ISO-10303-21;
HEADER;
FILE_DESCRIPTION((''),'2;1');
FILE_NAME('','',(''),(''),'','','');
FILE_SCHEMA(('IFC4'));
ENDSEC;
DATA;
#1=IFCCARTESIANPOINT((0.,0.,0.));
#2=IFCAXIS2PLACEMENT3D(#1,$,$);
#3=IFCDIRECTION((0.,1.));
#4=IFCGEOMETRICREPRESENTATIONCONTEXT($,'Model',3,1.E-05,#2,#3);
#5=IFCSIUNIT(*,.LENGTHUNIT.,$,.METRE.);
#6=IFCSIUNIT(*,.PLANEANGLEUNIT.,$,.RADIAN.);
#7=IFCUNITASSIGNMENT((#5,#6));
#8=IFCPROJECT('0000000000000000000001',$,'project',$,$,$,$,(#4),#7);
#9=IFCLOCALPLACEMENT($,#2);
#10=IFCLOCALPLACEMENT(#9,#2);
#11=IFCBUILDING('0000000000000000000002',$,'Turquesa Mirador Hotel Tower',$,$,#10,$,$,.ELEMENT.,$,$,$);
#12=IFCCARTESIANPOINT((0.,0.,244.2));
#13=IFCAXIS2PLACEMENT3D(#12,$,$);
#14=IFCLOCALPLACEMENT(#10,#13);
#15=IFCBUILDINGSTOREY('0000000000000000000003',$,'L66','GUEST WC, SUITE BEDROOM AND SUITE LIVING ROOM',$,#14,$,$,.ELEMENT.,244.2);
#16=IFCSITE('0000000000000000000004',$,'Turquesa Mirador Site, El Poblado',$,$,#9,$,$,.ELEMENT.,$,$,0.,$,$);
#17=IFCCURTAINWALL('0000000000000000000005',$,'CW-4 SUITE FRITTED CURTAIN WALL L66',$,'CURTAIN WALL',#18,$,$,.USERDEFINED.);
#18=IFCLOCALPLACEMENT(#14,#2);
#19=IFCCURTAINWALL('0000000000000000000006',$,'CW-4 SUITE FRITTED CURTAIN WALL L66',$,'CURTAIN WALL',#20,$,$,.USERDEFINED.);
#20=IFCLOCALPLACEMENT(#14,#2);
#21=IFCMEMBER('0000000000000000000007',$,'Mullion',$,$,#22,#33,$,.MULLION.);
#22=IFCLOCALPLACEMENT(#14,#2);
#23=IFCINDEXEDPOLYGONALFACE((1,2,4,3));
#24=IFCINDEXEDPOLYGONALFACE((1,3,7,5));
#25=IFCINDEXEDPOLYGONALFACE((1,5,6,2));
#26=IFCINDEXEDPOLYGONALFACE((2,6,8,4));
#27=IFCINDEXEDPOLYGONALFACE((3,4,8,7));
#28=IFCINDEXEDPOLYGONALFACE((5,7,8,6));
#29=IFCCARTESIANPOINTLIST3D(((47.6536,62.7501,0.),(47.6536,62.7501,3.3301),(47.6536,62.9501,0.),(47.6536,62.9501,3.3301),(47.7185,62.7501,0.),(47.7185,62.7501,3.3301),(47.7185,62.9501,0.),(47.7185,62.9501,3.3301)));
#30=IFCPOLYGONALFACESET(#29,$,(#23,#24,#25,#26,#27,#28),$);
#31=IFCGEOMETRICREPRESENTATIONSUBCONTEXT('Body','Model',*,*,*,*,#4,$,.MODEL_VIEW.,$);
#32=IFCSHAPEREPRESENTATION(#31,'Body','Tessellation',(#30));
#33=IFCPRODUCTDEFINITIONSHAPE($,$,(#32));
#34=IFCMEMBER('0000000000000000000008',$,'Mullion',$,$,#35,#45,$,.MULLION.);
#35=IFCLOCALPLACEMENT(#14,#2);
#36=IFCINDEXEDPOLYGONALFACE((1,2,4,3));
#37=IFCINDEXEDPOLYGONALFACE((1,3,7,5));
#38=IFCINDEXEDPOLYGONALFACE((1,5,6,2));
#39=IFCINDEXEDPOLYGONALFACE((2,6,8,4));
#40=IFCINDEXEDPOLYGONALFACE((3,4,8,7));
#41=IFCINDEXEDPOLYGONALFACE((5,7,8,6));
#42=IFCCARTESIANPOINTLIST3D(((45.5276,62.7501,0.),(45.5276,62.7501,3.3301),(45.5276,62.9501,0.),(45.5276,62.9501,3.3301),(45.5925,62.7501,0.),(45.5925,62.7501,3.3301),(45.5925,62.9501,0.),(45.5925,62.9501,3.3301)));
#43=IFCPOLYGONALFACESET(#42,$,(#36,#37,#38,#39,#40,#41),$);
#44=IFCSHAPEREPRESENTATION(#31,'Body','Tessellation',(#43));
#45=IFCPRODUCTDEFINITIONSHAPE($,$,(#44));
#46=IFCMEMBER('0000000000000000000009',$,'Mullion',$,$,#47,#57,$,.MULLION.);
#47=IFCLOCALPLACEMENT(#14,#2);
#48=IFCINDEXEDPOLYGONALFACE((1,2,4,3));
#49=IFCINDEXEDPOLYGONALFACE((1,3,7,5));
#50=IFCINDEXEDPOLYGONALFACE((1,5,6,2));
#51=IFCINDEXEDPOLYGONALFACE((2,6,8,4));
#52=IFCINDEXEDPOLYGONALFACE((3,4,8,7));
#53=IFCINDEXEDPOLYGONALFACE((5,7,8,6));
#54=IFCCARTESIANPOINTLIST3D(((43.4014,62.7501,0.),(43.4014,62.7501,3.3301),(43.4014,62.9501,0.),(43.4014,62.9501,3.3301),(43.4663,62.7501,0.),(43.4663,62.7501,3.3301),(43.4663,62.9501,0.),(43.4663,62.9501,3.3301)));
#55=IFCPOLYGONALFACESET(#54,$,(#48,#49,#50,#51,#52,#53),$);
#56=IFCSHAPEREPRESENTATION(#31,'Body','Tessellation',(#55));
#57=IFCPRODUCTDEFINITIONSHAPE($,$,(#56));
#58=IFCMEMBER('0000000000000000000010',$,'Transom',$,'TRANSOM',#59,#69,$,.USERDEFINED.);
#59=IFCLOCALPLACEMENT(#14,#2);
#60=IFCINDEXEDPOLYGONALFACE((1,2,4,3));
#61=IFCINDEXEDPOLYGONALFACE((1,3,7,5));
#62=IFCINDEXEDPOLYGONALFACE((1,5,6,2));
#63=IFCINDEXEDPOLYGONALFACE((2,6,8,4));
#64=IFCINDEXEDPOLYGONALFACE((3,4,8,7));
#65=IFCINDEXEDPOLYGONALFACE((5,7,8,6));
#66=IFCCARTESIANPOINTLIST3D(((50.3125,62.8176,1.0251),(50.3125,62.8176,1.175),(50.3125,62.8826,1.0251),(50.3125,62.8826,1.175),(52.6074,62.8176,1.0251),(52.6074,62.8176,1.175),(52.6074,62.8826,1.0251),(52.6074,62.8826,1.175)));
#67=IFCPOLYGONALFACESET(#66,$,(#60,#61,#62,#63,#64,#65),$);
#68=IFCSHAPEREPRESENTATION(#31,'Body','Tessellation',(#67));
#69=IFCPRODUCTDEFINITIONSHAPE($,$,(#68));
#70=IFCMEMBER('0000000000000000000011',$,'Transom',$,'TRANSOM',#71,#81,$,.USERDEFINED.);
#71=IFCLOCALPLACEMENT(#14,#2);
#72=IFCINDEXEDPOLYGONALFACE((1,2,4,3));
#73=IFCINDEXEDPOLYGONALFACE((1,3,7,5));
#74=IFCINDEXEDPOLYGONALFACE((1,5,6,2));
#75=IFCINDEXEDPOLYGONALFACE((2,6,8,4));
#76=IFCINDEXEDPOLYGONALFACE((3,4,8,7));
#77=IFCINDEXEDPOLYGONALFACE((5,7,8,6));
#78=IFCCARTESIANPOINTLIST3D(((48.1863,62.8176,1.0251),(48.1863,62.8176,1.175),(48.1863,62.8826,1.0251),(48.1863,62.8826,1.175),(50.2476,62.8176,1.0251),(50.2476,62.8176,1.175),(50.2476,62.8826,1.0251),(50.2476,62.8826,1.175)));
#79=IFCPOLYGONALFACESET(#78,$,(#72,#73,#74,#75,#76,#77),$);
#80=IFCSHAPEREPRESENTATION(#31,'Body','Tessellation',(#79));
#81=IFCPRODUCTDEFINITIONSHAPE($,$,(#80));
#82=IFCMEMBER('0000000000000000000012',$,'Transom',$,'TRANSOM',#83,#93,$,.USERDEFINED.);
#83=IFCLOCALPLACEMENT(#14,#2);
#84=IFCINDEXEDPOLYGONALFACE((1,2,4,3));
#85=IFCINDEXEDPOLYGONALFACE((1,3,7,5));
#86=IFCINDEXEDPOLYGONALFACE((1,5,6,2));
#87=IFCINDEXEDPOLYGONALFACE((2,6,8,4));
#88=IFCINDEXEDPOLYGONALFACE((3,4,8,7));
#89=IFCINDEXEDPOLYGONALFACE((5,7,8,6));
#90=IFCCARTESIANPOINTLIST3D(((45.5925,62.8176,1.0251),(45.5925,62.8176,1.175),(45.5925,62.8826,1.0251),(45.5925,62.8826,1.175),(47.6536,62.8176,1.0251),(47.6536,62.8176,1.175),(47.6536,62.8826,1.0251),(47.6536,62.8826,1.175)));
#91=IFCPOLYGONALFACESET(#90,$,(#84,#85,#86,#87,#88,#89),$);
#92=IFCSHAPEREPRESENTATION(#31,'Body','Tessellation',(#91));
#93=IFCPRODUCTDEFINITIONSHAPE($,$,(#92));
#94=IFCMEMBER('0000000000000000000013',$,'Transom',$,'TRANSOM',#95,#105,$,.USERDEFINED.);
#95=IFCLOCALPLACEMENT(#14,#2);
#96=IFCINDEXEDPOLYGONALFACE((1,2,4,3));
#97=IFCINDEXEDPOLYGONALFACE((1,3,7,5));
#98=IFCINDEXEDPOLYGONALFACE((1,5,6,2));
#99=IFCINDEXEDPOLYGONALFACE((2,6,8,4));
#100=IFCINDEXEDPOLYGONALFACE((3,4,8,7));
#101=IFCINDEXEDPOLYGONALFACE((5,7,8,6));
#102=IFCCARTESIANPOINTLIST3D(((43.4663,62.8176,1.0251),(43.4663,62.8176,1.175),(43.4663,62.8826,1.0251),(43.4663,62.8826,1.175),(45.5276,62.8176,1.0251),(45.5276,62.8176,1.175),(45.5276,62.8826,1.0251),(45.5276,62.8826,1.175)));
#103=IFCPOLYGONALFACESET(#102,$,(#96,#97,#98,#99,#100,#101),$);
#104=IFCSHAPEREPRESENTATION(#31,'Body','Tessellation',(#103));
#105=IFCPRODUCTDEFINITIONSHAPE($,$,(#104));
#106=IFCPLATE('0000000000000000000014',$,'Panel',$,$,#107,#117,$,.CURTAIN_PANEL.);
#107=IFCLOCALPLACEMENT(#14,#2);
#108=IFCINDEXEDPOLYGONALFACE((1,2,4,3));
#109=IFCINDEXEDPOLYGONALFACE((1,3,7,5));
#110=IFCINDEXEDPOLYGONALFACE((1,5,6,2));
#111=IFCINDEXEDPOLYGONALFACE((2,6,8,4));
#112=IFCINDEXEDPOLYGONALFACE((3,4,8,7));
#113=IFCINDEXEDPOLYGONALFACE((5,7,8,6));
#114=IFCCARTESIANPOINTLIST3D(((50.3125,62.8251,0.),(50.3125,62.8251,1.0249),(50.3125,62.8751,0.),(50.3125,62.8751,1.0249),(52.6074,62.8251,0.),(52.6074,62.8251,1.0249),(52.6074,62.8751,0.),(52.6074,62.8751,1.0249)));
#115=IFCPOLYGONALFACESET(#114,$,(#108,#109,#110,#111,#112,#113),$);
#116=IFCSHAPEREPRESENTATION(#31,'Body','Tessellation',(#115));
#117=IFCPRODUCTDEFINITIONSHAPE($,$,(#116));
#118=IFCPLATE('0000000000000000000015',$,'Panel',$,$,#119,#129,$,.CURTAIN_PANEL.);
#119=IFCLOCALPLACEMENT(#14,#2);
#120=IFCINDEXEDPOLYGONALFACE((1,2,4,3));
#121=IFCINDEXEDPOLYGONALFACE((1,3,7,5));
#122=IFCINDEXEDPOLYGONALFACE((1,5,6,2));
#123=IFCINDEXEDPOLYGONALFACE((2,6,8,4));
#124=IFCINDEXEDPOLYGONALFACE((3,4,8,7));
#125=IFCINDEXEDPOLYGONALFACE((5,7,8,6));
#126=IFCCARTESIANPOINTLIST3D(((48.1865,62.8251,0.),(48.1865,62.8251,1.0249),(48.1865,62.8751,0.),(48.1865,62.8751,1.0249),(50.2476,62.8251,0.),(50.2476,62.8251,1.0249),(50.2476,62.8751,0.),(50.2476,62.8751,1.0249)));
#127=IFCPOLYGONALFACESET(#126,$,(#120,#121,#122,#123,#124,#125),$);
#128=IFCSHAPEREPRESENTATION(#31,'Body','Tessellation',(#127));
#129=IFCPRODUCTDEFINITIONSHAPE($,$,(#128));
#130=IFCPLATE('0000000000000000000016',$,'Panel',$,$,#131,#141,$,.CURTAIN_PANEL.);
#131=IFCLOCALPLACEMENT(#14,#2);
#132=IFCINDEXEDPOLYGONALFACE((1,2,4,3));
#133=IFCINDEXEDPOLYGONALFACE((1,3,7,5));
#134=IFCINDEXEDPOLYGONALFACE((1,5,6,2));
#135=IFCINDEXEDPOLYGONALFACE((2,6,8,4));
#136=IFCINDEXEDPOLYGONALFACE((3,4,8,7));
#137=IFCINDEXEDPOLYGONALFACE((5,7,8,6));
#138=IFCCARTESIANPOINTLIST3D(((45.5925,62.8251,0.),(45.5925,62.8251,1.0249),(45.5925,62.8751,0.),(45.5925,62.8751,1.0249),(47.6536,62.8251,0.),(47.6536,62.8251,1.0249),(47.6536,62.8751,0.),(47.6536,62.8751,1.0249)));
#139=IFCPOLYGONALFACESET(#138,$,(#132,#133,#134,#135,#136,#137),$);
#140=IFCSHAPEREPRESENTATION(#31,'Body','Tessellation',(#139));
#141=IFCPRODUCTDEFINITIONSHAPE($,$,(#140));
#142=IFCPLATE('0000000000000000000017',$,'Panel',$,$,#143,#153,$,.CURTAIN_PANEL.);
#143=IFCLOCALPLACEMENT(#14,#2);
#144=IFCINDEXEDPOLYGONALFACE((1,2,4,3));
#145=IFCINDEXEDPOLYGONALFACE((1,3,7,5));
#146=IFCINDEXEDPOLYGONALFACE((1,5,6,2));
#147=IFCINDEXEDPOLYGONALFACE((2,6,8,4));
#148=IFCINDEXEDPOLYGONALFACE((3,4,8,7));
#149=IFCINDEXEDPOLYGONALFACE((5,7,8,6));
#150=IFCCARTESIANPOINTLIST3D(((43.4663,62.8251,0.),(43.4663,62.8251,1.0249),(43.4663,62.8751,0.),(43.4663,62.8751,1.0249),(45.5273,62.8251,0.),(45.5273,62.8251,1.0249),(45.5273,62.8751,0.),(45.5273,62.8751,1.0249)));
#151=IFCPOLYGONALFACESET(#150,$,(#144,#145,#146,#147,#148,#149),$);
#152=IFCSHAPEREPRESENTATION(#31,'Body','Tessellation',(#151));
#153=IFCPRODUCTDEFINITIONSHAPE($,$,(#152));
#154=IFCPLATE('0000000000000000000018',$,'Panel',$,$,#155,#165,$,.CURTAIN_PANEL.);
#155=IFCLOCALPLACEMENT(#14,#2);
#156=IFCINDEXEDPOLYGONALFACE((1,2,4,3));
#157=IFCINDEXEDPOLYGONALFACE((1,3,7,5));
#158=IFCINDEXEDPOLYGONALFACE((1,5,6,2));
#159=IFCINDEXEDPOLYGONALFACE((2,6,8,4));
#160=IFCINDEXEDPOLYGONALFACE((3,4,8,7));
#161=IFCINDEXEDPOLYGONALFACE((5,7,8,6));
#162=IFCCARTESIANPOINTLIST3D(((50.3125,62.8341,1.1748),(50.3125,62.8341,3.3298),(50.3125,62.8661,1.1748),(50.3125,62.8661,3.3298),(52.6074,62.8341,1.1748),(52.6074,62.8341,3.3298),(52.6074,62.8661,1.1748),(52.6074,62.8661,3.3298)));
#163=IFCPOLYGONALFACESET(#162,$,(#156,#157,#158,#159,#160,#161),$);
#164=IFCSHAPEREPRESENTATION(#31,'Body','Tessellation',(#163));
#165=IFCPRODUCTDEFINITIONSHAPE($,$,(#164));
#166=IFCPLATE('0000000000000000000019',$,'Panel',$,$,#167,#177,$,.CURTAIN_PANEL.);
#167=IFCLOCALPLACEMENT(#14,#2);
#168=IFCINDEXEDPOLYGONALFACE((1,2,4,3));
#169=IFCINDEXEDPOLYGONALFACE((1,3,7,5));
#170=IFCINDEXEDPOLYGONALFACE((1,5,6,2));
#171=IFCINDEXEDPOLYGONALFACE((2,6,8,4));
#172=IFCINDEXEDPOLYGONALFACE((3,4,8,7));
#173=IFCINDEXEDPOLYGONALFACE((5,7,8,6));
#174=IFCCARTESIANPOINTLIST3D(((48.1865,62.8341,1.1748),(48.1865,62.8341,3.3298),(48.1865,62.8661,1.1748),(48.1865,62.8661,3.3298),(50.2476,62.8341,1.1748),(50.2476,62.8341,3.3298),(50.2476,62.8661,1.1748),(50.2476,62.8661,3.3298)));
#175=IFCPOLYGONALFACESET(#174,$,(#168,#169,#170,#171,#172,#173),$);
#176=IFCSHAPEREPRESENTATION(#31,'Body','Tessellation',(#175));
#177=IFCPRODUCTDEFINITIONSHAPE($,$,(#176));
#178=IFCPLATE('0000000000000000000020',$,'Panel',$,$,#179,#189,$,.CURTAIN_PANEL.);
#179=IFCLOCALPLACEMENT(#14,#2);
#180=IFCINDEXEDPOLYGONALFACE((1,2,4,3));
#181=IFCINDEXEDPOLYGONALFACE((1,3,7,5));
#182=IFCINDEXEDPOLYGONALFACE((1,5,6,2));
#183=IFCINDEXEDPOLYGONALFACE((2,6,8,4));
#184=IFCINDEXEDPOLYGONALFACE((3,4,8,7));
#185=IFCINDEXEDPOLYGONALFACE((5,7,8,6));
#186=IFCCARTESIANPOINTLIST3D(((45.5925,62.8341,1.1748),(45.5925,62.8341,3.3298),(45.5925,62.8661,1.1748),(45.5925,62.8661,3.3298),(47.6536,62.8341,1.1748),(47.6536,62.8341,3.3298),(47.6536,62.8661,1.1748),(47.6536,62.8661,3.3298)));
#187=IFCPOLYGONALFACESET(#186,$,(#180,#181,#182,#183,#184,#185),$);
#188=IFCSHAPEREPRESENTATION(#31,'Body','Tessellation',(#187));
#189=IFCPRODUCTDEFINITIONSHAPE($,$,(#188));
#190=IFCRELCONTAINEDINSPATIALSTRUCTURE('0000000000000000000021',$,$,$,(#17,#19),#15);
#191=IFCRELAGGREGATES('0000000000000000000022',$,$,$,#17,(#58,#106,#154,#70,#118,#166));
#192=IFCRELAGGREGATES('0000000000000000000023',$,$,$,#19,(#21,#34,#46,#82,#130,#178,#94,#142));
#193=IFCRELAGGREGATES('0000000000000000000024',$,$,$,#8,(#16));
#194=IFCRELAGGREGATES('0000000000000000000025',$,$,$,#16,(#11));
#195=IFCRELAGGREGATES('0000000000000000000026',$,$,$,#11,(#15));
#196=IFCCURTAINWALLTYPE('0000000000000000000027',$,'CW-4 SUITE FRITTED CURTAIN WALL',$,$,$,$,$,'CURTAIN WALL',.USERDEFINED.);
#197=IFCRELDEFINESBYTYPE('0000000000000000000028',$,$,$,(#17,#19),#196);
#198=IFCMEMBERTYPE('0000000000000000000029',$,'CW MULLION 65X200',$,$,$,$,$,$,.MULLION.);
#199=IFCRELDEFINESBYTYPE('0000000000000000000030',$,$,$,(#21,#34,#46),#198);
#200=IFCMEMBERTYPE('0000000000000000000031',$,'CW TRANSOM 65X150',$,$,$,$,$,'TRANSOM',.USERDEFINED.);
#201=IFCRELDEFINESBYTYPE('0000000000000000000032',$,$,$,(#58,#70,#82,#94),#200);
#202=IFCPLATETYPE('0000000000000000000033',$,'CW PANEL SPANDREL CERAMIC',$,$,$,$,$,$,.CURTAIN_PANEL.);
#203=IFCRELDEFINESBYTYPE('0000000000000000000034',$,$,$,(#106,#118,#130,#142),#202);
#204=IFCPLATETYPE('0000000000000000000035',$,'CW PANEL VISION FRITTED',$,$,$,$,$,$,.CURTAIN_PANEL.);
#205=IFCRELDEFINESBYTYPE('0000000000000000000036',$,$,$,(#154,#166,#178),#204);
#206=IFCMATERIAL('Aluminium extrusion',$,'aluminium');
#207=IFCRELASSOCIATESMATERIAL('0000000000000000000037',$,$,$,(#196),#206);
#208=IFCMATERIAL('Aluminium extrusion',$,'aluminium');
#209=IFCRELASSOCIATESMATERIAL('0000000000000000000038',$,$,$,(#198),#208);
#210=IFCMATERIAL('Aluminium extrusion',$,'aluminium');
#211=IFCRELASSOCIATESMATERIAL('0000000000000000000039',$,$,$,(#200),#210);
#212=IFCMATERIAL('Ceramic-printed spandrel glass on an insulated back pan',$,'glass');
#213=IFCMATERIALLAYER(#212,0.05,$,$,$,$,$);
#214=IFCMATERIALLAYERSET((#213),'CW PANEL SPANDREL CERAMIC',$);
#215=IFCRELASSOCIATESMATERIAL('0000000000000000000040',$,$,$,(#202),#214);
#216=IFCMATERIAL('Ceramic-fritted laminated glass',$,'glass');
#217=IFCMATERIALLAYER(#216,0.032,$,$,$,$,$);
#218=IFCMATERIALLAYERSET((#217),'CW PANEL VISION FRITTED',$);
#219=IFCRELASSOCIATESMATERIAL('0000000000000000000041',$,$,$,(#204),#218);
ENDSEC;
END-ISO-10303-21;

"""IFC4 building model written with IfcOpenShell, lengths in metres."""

from ifc_helpers import new_model, si_unit, direction, frame, origin, origin_2d, place, context, subcontext, project, spatial, rectangle, extrude, material, layer, layer_set, material_profile, profile_set, type_object, element, aggregate, save


model = new_model("IFC4")

# Units and contexts
model_context = context("Model", 3, precision=1e-05, world=origin(), true_north=direction((0.0, 1.0)))
body_context = subcontext(model_context, "Body", "Model", "MODEL_VIEW")
ifc_project = project(units=[si_unit("LENGTHUNIT", "METRE"), si_unit("PLANEANGLEUNIT", "RADIAN")], contexts=[model_context])

# Site, building, storey
site_placement = place(None, origin())
site = spatial("IfcSite", under=ifc_project, at=site_placement, Name="Turquesa Mirador Site, El Poblado", CompositionType="ELEMENT", RefElevation=0.0)
building_placement = place(site_placement, origin())
building = spatial("IfcBuilding", under=site, at=building_placement, Name="Turquesa Mirador Hotel Tower", CompositionType="ELEMENT")
storey_placement = place(building_placement, frame((0.0, 0.0, 244.2)))
storey = spatial("IfcBuildingStorey", under=building, at=storey_placement, Name="L66", Description="GUEST WC, SUITE BEDROOM AND SUITE LIVING ROOM", CompositionType="ELEMENT", Elevation=244.2)

# Curtain walls, members
ifc_material_1 = material(Name="Aluminium extrusion", Category="aluminium")
curtain_wall_type = type_object("IfcCurtainWallType", Name="CW-4 SUITE FRITTED CURTAIN WALL", ElementType="CURTAIN WALL", PredefinedType="USERDEFINED", material=ifc_material_1)
curtain_wall_1_placement = place(storey_placement, origin())
curtain_wall_1 = element("IfcCurtainWall", 1, at=curtain_wall_1_placement, inside=storey, type_object=curtain_wall_type, Name="CW-4 SUITE FRITTED CURTAIN WALL L66", ObjectType="CURTAIN WALL", PredefinedType="USERDEFINED")
ifc_material_2 = material(Name="Aluminium extrusion", Category="aluminium")
ifc_material_profile_1 = material_profile(ifc_material_2, rectangle(XDim=0.0649, YDim=0.2, at=origin_2d()), Name="MULLION 65X200")
ifc_profile_set_1 = profile_set([ifc_material_profile_1], Name="Aluminium extrusion")
member_type_1 = type_object("IfcMemberType", Name="CW MULLION 65X200", PredefinedType="MULLION", material=ifc_profile_set_1)
curtain_wall_2_placement = place(storey_placement, origin())
curtain_wall_2 = element("IfcCurtainWall", 2, at=curtain_wall_2_placement, inside=storey, type_object=curtain_wall_type, Name="CW-4 SUITE FRITTED CURTAIN WALL L66", ObjectType="CURTAIN WALL", PredefinedType="USERDEFINED")
member_1_placement = place(storey_placement, frame((47.686, 62.8501, 0.0), z_axis=(0.0, 0.0, 1.0), x_axis=(-1.0, 0.0, 0.0)))
member_1 = element("IfcMember", 3, at=member_1_placement, type_object=member_type_1, Name="Mullion", PredefinedType="MULLION", context=body_context, shape_type="SweptSolid", body=[
    extrude(rectangle(XDim=0.0649, YDim=0.2, at=origin_2d()), origin(), (0.0, 0.0, 1.0), 3.3301),
])
member_2_placement = place(storey_placement, frame((45.5601, 62.8501, 0.0), z_axis=(0.0, 0.0, 1.0), x_axis=(-1.0, 0.0, 0.0)))
member_2 = element("IfcMember", 4, at=member_2_placement, type_object=member_type_1, Name="Mullion", PredefinedType="MULLION", context=body_context, shape_type="SweptSolid", body=[
    extrude(rectangle(XDim=0.0649, YDim=0.2, at=origin_2d()), origin(), (0.0, 0.0, 1.0), 3.3301),
])
member_3_placement = place(storey_placement, frame((43.4338, 62.8501, 0.0), z_axis=(0.0, 0.0, 1.0), x_axis=(-1.0, 0.0, 0.0)))
member_3 = element("IfcMember", 5, at=member_3_placement, type_object=member_type_1, Name="Mullion", PredefinedType="MULLION", context=body_context, shape_type="SweptSolid", body=[
    extrude(rectangle(XDim=0.0649, YDim=0.2, at=origin_2d()), origin(), (0.0, 0.0, 1.0), 3.3301),
])

# Members
ifc_material_3 = material(Name="Aluminium extrusion", Category="aluminium")
ifc_material_profile_2 = material_profile(ifc_material_3, rectangle(XDim=0.0649, YDim=0.1499, at=origin_2d()), Name="TRANSOM 65X150")
ifc_profile_set_2 = profile_set([ifc_material_profile_2], Name="Aluminium extrusion")
member_type_2 = type_object("IfcMemberType", Name="CW TRANSOM 65X150", ElementType="TRANSOM", PredefinedType="USERDEFINED", material=ifc_profile_set_2)
member_4_placement = place(storey_placement, frame((52.6074, 62.8501, 1.1001), z_axis=(-1.0, 0.0, 0.0), x_axis=(0.0, -1.0, 0.0)))
member_4 = element("IfcMember", 6, at=member_4_placement, type_object=member_type_2, Name="Transom", ObjectType="TRANSOM", PredefinedType="USERDEFINED", context=body_context, shape_type="SweptSolid", body=[
    extrude(rectangle(XDim=0.0649, YDim=0.1499, at=origin_2d()), origin(), (0.0, 0.0, 1.0), 2.2949),
])
member_5_placement = place(storey_placement, frame((50.2476, 62.8501, 1.1001), z_axis=(-1.0, 0.0, 0.0), x_axis=(0.0, -1.0, 0.0)))
member_5 = element("IfcMember", 7, at=member_5_placement, type_object=member_type_2, Name="Transom", ObjectType="TRANSOM", PredefinedType="USERDEFINED", context=body_context, shape_type="SweptSolid", body=[
    extrude(rectangle(XDim=0.0649, YDim=0.1499, at=origin_2d()), origin(), (0.0, 0.0, 1.0), 2.0613),
])
member_6_placement = place(storey_placement, frame((47.6536, 62.8501, 1.1001), z_axis=(-1.0, 0.0, 0.0), x_axis=(0.0, -1.0, 0.0)))
member_6 = element("IfcMember", 8, at=member_6_placement, type_object=member_type_2, Name="Transom", ObjectType="TRANSOM", PredefinedType="USERDEFINED", context=body_context, shape_type="SweptSolid", body=[
    extrude(rectangle(XDim=0.0649, YDim=0.1499, at=origin_2d()), origin(), (0.0, 0.0, 1.0), 2.061),
])
member_7_placement = place(storey_placement, frame((45.5276, 62.8501, 1.1001), z_axis=(-1.0, 0.0, 0.0), x_axis=(0.0, -1.0, 0.0)))
member_7 = element("IfcMember", 9, at=member_7_placement, type_object=member_type_2, Name="Transom", ObjectType="TRANSOM", PredefinedType="USERDEFINED", context=body_context, shape_type="SweptSolid", body=[
    extrude(rectangle(XDim=0.0649, YDim=0.1499, at=origin_2d()), origin(), (0.0, 0.0, 1.0), 2.0613),
])

# Plates
ifc_material_4 = material(Name="Ceramic-printed spandrel glass on an insulated back pan", Category="glass")
ifc_layer_1 = layer(ifc_material_4, 0.05)
ifc_layer_set_1 = layer_set([ifc_layer_1], Name="CW PANEL SPANDREL CERAMIC")
plate_type_1 = type_object("IfcPlateType", Name="CW PANEL SPANDREL CERAMIC", PredefinedType="CURTAIN_PANEL", material=ifc_layer_set_1)
plate_1_placement = place(storey_placement, frame((51.46, 62.8501, 0.0), z_axis=(0.0, 0.0, 1.0), x_axis=(-1.0, 0.0, 0.0)))
plate_1 = element("IfcPlate", 10, at=plate_1_placement, type_object=plate_type_1, Name="Panel", PredefinedType="CURTAIN_PANEL", context=body_context, shape_type="SweptSolid", body=[
    extrude(rectangle(XDim=2.2949, YDim=0.05, at=origin_2d()), origin(), (0.0, 0.0, 1.0), 1.0249),
])
plate_2_placement = place(storey_placement, frame((49.217, 62.8501, 0.0), z_axis=(0.0, 0.0, 1.0), x_axis=(-1.0, 0.0, 0.0)))
plate_2 = element("IfcPlate", 11, at=plate_2_placement, type_object=plate_type_1, Name="Panel", PredefinedType="CURTAIN_PANEL", context=body_context, shape_type="SweptSolid", body=[
    extrude(rectangle(XDim=2.061, YDim=0.05, at=origin_2d()), origin(), (0.0, 0.0, 1.0), 1.0249),
])
plate_3_placement = place(storey_placement, frame((46.623, 62.8501, 0.0), z_axis=(0.0, 0.0, 1.0), x_axis=(-1.0, 0.0, 0.0)))
plate_3 = element("IfcPlate", 12, at=plate_3_placement, type_object=plate_type_1, Name="Panel", PredefinedType="CURTAIN_PANEL", context=body_context, shape_type="SweptSolid", body=[
    extrude(rectangle(XDim=2.061, YDim=0.05, at=origin_2d()), origin(), (0.0, 0.0, 1.0), 1.0249),
])
plate_4_placement = place(storey_placement, frame((44.4968, 62.8501, 0.0), z_axis=(0.0, 0.0, 1.0), x_axis=(-1.0, 0.0, 0.0)))
plate_4 = element("IfcPlate", 13, at=plate_4_placement, type_object=plate_type_1, Name="Panel", PredefinedType="CURTAIN_PANEL", context=body_context, shape_type="SweptSolid", body=[
    extrude(rectangle(XDim=2.061, YDim=0.05, at=origin_2d()), origin(), (0.0, 0.0, 1.0), 1.0249),
])
ifc_material_5 = material(Name="Ceramic-fritted laminated glass", Category="glass")
ifc_layer_2 = layer(ifc_material_5, 0.032)
ifc_layer_set_2 = layer_set([ifc_layer_2], Name="CW PANEL VISION FRITTED")
plate_type_2 = type_object("IfcPlateType", Name="CW PANEL VISION FRITTED", PredefinedType="CURTAIN_PANEL", material=ifc_layer_set_2)
plate_5_placement = place(storey_placement, frame((51.46, 62.8501, 1.1748), z_axis=(0.0, 0.0, 1.0), x_axis=(-1.0, 0.0, 0.0)))
plate_5 = element("IfcPlate", 14, at=plate_5_placement, type_object=plate_type_2, Name="Panel", PredefinedType="CURTAIN_PANEL", context=body_context, shape_type="SweptSolid", body=[
    extrude(rectangle(XDim=2.2949, YDim=0.032, at=origin_2d()), origin(), (0.0, 0.0, 1.0), 2.155),
])
plate_6_placement = place(storey_placement, frame((49.217, 62.8501, 1.1748), z_axis=(0.0, 0.0, 1.0), x_axis=(-1.0, 0.0, 0.0)))
plate_6 = element("IfcPlate", 15, at=plate_6_placement, type_object=plate_type_2, Name="Panel", PredefinedType="CURTAIN_PANEL", context=body_context, shape_type="SweptSolid", body=[
    extrude(rectangle(XDim=2.061, YDim=0.032, at=origin_2d()), origin(), (0.0, 0.0, 1.0), 2.155),
])
aggregate(curtain_wall_1, [member_4, plate_1, plate_5, member_5, plate_2, plate_6])
plate_7_placement = place(storey_placement, frame((46.623, 62.8501, 1.1748), z_axis=(0.0, 0.0, 1.0), x_axis=(-1.0, 0.0, 0.0)))
plate_7 = element("IfcPlate", 16, at=plate_7_placement, type_object=plate_type_2, Name="Panel", PredefinedType="CURTAIN_PANEL", context=body_context, shape_type="SweptSolid", body=[
    extrude(rectangle(XDim=2.061, YDim=0.032, at=origin_2d()), origin(), (0.0, 0.0, 1.0), 2.155),
])
aggregate(curtain_wall_2, [member_1, member_2, member_3, member_6, plate_3, plate_7, member_7, plate_4])

save(model, "model.ifc")
